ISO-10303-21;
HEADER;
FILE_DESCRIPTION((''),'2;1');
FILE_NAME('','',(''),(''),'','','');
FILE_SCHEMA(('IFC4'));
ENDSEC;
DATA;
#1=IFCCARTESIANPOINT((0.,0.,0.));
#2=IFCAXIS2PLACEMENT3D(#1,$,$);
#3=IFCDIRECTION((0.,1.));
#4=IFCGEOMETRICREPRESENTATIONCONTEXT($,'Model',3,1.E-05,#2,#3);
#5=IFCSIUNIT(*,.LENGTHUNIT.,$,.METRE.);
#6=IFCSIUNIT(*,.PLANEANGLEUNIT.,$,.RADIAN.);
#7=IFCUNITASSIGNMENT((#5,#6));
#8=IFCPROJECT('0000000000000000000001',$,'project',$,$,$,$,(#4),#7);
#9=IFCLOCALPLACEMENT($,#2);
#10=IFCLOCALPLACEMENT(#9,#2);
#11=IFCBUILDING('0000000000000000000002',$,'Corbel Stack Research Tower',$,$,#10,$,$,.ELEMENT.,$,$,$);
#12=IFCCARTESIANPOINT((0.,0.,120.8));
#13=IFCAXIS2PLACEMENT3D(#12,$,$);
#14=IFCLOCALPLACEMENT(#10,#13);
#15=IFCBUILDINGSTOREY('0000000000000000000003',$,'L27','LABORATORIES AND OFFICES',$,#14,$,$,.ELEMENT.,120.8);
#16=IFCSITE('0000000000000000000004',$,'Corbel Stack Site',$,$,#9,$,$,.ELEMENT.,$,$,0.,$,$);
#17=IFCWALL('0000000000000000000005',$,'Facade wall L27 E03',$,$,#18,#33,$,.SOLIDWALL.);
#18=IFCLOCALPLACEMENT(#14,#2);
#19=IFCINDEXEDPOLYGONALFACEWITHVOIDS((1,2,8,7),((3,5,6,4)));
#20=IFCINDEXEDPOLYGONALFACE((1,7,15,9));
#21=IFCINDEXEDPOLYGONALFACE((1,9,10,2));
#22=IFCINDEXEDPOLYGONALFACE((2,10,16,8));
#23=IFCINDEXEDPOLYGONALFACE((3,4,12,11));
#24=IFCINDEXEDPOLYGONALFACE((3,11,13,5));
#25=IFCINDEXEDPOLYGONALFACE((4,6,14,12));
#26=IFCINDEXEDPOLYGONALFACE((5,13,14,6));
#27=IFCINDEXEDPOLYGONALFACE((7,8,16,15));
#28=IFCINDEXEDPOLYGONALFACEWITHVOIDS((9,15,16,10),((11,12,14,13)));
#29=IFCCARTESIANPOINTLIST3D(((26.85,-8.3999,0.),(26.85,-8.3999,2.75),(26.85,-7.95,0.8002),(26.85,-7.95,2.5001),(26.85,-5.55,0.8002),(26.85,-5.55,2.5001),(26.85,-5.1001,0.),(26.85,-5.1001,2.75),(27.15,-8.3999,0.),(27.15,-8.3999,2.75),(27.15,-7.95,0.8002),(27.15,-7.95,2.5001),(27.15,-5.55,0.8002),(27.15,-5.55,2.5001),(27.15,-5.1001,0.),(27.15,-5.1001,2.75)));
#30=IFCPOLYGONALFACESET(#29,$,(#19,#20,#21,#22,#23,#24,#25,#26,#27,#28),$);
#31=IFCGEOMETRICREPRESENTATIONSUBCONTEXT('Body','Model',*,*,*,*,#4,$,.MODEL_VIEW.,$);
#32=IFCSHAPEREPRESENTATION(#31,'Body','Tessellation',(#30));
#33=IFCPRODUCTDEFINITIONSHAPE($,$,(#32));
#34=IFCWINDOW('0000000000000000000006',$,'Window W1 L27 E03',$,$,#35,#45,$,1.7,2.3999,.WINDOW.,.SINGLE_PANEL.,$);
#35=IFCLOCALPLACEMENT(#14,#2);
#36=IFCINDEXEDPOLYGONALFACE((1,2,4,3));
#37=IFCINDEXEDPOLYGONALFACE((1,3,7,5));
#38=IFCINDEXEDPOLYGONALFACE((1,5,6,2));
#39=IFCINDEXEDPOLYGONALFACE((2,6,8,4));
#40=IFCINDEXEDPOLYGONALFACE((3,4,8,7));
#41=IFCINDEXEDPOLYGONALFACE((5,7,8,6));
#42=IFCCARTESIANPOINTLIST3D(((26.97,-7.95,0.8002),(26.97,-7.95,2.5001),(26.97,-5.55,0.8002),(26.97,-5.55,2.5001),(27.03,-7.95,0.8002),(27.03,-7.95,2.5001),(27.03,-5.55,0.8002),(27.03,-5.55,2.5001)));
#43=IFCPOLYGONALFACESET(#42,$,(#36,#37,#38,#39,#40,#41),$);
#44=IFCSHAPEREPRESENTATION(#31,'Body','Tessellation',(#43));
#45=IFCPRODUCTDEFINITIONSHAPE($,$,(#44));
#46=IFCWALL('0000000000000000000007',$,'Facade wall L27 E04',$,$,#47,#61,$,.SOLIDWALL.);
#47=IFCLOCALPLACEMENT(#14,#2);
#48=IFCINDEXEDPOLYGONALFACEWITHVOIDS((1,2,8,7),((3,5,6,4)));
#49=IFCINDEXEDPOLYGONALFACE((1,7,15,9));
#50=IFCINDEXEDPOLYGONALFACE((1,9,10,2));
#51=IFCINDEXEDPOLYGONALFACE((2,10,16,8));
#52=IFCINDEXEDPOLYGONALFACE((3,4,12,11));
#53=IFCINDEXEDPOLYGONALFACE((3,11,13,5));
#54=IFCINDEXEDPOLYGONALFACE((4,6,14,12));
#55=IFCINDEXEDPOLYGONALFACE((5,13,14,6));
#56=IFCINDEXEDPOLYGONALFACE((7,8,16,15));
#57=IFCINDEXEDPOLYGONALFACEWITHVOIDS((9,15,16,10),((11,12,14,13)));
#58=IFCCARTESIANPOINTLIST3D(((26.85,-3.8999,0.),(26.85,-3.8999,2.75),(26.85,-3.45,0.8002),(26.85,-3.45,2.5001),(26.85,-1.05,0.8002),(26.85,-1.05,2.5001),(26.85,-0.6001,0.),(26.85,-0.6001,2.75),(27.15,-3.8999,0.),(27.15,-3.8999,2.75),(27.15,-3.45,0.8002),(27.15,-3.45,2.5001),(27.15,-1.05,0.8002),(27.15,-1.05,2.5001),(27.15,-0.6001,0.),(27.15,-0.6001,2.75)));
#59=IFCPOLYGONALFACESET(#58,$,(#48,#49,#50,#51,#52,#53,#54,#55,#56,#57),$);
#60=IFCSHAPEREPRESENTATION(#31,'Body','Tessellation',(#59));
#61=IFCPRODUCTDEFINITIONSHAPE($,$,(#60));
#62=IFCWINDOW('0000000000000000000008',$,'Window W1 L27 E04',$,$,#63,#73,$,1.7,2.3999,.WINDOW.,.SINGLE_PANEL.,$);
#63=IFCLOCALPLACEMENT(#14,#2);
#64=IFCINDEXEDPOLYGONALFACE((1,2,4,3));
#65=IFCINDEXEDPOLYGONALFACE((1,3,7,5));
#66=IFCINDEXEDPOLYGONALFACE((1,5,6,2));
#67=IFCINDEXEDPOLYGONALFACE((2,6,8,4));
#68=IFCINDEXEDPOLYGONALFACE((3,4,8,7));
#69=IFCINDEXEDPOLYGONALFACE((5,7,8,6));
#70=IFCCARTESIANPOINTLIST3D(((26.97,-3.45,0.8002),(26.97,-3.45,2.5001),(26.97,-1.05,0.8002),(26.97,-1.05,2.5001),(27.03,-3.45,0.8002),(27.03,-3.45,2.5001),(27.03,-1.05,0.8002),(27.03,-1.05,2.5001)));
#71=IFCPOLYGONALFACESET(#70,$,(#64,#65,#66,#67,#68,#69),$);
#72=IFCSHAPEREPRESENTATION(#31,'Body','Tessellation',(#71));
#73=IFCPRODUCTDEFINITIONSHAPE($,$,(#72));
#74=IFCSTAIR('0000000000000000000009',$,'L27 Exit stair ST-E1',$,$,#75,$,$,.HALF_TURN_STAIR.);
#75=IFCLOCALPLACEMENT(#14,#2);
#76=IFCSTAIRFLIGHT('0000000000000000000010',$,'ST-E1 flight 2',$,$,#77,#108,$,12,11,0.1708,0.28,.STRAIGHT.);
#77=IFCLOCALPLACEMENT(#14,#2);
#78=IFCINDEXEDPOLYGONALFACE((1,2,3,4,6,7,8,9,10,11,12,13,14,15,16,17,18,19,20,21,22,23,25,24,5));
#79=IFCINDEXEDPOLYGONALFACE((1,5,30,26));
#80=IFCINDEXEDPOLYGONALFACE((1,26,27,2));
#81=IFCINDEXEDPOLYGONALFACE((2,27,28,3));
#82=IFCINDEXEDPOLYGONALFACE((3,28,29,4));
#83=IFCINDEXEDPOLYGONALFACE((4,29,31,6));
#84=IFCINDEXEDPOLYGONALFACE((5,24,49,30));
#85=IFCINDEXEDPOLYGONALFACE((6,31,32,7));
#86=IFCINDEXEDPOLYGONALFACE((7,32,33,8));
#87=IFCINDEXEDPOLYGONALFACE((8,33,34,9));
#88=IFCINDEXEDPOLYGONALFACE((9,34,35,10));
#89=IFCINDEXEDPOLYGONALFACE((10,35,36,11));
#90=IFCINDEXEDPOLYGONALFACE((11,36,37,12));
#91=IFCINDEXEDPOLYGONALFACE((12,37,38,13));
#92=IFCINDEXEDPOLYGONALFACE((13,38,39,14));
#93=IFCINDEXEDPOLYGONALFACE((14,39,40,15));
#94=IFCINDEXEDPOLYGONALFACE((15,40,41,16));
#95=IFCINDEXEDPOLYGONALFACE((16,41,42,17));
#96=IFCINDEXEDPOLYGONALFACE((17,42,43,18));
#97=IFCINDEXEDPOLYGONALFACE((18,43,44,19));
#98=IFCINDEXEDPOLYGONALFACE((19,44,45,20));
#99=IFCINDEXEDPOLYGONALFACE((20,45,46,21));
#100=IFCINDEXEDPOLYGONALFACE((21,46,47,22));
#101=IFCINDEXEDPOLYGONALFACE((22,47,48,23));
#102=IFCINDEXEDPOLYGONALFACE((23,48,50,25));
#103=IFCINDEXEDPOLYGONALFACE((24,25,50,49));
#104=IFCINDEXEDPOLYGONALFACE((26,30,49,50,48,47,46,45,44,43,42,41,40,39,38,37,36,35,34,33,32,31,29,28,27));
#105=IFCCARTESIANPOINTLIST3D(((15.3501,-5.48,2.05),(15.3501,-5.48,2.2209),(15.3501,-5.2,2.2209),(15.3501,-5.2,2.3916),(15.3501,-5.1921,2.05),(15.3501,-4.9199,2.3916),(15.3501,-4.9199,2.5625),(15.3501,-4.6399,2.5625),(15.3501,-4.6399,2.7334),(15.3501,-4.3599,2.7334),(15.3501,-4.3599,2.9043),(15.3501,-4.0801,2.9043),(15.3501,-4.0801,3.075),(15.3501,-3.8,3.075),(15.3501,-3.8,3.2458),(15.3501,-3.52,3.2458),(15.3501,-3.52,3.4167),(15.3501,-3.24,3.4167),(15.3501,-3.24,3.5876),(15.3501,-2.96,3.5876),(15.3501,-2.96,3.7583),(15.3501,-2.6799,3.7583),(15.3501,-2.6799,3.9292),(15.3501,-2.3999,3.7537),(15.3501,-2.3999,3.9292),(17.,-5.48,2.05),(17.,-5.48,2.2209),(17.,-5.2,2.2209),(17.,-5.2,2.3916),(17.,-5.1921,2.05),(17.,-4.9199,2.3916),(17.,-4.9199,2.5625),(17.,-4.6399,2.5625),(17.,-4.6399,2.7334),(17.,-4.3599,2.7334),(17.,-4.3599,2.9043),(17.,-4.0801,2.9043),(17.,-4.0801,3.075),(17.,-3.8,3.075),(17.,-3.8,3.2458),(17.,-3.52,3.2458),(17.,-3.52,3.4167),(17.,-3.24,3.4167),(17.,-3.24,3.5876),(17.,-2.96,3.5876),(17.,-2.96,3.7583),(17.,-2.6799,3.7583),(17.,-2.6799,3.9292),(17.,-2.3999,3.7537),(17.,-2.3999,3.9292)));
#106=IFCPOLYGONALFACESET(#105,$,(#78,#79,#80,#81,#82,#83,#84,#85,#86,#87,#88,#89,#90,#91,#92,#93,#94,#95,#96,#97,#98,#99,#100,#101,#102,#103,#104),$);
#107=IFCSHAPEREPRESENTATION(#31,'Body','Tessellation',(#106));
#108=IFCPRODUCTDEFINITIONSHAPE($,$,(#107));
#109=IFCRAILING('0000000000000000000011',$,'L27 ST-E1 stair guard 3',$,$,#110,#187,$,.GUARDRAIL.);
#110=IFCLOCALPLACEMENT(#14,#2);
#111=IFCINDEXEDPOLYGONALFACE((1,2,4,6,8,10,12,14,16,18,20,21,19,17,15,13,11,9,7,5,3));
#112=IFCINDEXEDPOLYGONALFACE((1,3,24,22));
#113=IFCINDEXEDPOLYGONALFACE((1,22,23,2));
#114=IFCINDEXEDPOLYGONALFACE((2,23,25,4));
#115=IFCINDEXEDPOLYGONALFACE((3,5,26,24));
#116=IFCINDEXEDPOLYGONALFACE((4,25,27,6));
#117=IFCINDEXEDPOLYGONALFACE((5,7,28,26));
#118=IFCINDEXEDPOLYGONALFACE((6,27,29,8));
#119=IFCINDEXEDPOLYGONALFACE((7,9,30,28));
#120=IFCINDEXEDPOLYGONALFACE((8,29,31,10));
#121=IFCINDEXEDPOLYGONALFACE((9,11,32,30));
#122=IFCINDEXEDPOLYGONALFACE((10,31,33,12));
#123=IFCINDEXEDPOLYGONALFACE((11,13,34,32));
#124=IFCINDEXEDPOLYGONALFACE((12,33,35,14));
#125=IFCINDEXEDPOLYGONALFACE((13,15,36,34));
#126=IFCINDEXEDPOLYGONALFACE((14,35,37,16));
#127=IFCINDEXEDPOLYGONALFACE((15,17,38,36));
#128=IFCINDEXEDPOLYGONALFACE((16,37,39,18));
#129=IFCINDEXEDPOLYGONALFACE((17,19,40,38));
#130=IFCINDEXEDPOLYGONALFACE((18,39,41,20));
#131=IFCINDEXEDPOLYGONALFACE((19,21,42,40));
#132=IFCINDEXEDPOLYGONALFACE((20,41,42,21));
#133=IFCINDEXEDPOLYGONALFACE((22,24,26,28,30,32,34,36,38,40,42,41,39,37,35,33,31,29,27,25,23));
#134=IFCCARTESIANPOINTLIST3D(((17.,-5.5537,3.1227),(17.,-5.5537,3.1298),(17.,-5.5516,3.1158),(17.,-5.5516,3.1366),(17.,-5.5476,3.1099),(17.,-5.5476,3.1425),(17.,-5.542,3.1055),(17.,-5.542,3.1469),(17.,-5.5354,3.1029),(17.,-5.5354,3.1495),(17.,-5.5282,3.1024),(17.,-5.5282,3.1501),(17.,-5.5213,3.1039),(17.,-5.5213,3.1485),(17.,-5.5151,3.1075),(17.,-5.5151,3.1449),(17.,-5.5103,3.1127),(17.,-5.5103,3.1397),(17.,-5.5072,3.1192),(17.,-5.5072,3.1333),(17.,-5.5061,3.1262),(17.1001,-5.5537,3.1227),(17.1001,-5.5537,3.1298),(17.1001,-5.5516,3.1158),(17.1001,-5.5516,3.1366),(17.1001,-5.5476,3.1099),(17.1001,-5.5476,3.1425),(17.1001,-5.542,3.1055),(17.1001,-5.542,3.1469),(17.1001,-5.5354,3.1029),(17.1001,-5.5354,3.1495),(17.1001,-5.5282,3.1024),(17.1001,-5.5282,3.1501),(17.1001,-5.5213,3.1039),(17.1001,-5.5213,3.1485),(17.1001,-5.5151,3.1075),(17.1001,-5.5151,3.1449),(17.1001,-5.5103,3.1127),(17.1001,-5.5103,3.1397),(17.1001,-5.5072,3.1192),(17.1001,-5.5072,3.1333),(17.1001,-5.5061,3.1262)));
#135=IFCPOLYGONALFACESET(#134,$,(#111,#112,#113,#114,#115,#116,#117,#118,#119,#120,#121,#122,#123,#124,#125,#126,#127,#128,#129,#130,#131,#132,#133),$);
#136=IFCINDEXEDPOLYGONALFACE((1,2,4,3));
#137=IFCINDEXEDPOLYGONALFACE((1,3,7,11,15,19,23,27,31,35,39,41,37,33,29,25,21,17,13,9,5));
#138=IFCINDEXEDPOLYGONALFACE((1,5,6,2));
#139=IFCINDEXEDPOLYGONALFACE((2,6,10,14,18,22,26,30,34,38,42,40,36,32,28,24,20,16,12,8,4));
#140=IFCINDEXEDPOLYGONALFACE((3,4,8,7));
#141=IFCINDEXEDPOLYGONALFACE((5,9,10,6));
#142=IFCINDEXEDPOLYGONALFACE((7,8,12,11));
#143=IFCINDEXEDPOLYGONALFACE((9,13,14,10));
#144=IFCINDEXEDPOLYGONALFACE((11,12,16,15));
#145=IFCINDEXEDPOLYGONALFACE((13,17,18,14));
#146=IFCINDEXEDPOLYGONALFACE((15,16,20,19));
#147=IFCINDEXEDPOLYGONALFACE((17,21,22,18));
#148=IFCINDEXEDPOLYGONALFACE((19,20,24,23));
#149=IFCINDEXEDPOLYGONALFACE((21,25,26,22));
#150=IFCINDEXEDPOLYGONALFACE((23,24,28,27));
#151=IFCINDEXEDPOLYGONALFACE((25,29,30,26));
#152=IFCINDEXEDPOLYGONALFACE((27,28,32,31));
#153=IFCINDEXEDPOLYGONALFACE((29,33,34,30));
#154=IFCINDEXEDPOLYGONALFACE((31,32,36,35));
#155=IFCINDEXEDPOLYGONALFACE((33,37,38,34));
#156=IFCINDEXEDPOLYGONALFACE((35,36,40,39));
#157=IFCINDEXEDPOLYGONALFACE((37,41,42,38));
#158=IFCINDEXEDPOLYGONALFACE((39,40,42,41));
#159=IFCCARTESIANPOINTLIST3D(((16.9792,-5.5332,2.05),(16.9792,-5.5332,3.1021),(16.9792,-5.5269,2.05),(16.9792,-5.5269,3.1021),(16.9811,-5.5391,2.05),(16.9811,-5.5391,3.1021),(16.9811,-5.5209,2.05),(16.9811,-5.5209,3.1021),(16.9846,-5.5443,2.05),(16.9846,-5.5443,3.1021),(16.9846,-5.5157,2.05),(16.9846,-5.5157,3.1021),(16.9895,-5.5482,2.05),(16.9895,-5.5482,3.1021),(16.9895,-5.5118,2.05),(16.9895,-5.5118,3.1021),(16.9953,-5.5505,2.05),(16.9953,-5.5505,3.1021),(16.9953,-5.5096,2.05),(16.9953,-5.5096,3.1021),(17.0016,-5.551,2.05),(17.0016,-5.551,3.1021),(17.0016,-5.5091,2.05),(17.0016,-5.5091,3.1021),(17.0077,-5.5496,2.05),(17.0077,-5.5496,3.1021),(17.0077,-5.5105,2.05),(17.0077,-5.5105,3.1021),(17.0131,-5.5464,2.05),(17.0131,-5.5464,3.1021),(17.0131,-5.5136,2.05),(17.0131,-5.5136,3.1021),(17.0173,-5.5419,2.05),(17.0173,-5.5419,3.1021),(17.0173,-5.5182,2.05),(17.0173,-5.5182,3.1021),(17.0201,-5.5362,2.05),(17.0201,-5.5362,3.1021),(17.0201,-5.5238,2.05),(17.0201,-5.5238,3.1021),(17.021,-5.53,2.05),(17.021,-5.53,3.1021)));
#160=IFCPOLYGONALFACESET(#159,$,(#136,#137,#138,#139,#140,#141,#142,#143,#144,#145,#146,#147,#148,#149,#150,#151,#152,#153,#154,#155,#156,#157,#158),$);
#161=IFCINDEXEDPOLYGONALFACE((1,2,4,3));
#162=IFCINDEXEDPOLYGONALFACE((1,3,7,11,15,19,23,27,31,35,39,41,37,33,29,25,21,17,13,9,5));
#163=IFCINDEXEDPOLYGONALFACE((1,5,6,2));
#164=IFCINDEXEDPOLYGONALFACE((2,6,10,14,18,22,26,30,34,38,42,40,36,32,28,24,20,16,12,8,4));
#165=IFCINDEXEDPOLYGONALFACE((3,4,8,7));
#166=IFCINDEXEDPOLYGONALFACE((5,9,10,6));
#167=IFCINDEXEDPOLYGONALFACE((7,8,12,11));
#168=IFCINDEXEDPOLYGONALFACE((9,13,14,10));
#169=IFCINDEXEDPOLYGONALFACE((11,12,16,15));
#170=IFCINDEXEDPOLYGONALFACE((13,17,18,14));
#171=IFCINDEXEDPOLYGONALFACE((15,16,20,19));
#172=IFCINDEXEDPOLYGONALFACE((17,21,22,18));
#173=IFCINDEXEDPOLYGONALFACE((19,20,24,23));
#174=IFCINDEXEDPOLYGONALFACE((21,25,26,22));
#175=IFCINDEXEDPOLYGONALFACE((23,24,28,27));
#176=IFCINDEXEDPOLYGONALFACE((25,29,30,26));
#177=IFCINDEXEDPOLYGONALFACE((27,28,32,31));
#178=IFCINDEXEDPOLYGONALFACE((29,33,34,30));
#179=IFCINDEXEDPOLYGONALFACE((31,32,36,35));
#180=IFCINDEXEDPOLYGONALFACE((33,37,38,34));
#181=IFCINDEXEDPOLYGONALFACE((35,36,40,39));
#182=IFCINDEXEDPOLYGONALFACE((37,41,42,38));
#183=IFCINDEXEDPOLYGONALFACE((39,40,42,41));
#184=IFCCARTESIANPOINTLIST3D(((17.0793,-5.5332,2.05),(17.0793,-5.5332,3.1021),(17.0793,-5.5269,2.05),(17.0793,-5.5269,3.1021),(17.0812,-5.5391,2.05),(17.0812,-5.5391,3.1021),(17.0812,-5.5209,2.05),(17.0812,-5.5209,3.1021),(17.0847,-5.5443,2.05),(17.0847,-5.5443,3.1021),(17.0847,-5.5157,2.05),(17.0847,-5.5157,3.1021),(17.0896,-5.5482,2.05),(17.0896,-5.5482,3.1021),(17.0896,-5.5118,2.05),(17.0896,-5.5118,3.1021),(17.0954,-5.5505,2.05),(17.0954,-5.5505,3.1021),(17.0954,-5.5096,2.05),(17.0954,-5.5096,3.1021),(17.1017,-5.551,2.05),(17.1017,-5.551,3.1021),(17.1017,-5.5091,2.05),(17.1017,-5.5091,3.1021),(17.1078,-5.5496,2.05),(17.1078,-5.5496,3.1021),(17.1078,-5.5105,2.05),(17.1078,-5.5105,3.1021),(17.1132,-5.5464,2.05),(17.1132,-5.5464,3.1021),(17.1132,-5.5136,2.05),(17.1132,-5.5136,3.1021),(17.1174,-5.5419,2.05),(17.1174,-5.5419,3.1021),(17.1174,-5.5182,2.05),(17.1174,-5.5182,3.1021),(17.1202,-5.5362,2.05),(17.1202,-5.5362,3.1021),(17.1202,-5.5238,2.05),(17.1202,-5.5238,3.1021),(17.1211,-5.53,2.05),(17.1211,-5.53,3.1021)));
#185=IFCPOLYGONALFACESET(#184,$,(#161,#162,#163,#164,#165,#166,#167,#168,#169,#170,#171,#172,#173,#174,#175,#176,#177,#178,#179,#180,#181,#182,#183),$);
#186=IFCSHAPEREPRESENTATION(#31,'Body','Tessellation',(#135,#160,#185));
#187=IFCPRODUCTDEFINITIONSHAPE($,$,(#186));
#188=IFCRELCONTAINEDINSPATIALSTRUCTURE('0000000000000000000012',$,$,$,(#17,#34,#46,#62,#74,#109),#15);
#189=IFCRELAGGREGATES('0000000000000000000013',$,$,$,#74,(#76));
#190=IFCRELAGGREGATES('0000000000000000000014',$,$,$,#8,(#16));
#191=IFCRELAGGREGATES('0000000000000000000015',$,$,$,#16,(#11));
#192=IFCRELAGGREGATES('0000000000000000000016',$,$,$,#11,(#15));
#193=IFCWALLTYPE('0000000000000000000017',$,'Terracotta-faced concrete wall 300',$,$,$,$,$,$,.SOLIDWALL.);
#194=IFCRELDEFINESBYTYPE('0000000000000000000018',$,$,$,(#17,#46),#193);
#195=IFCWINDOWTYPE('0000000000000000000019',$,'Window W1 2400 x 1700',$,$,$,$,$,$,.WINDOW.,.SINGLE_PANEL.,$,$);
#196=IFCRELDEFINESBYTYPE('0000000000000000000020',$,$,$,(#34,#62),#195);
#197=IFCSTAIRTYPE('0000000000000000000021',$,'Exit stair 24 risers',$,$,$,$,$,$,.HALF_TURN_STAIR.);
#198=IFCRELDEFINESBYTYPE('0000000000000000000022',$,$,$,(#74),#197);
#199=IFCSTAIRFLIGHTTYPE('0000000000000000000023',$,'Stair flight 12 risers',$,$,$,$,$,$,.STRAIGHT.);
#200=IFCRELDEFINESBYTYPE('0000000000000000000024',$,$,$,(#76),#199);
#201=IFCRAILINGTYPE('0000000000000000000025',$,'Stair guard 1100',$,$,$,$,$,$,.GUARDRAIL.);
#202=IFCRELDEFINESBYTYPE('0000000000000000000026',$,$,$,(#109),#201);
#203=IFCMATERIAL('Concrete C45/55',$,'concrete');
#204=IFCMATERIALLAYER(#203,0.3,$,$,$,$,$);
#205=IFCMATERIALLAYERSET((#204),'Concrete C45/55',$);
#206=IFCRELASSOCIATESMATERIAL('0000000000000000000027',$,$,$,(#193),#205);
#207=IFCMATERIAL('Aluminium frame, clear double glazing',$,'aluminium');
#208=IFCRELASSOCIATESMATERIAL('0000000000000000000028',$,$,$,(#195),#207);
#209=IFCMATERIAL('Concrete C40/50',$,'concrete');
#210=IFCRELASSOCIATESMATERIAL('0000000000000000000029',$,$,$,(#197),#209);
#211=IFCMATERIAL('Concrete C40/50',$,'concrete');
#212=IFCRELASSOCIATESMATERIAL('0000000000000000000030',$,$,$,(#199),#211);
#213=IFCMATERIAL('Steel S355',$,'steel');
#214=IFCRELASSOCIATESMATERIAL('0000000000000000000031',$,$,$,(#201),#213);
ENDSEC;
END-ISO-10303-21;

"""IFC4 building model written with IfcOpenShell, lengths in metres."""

from ifc_helpers import new_model, si_unit, direction, frame, frame_2d, origin, origin_2d, place, context, subcontext, project, spatial, polyline, rectangle, circle, outline, extrude, material, layer, layer_set, type_object, element, fill, aggregate, save


model = new_model("IFC4")

# Units and contexts
model_context = context("Model", 3, precision=1e-05, world=origin(), true_north=direction((0.0, 1.0)))
body_context = subcontext(model_context, "Body", "Model", "MODEL_VIEW")
ifc_project = project(units=[si_unit("LENGTHUNIT", "METRE"), si_unit("PLANEANGLEUNIT", "RADIAN")], contexts=[model_context])

# Site, building, storey
site_placement = place(None, origin())
site = spatial("IfcSite", under=ifc_project, at=site_placement, Name="Corbel Stack Site", CompositionType="ELEMENT", RefElevation=0.0)
building_placement = place(site_placement, origin())
building = spatial("IfcBuilding", under=site, at=building_placement, Name="Corbel Stack Research Tower", CompositionType="ELEMENT")
storey_placement = place(building_placement, frame((0.0, 0.0, 120.8)))
storey = spatial("IfcBuildingStorey", under=building, at=storey_placement, Name="L27", Description="LABORATORIES AND OFFICES", CompositionType="ELEMENT", Elevation=120.8)

# Shared definitions
ifc_material_1 = material(Name="Concrete C45/55", Category="concrete")
ifc_layer_1 = layer(ifc_material_1, 0.3)
ifc_layer_set_1 = layer_set([ifc_layer_1], Name="Concrete C45/55")
wall_type_1 = type_object("IfcWallType", Name="Terracotta-faced concrete wall 300", PredefinedType="SOLIDWALL", material=ifc_layer_set_1)

# Walls, openings, windows
wall_1_placement = place(storey_placement, frame((27.0, -5.1001, 0.0), z_axis=(0.0, 0.0, 1.0), x_axis=(0.0, -1.0, 0.0)))
wall_1 = element("IfcWall", 1, at=wall_1_placement, inside=storey, type_object=wall_type_1, Name="Facade wall L27 E03", PredefinedType="SOLIDWALL", context=body_context, shape_type="SweptSolid", body=[
    extrude(rectangle(XDim=3.2998, YDim=0.3, at=frame_2d((1.6499, 0.0))), origin(), (0.0, 0.0, 1.0), 2.75),
])
opening_1_placement = place(wall_1_placement, frame((0.45, 0.0, 0.8)))
opening_1 = element("IfcOpeningElement", 2, at=opening_1_placement, cuts=wall_1, PredefinedType="OPENING", context=body_context, shape_type="SweptSolid", body=[
    extrude(rectangle(XDim=2.3999, YDim=1.7, at=frame_2d((1.2, 0.8501))), frame((0.0, 0.1599, 0.0), z_axis=(0.0, -1.0, 0.0), x_axis=(1.0, 0.0, 0.0)), (0.0, 0.0, 1.0), 0.3201),
])
ifc_material_2 = material(Name="Aluminium frame, clear double glazing", Category="aluminium")
window_type = type_object("IfcWindowType", Name="Window W1 2400 x 1700", PartitioningType="SINGLE_PANEL", PredefinedType="WINDOW", material=ifc_material_2)
window_1_placement = place(opening_1_placement, origin())
window_1 = element("IfcWindow", 3, at=window_1_placement, inside=storey, type_object=window_type, Name="Window W1 L27 E03", OverallHeight=1.7, OverallWidth=2.3999, PartitioningType="SINGLE_PANEL", PredefinedType="WINDOW", context=body_context, shape_type="SweptSolid", body=[
    extrude(rectangle(XDim=2.3999, YDim=1.7, at=frame_2d((1.2, 0.8501))), frame((0.0, 0.03, 0.0), z_axis=(0.0, -1.0, 0.0), x_axis=(1.0, 0.0, 0.0)), (0.0, 0.0, 1.0), 0.0601),
])
fill(opening_1, window_1)
wall_2_placement = place(storey_placement, frame((27.0, -0.6001, 0.0), z_axis=(0.0, 0.0, 1.0), x_axis=(0.0, -1.0, 0.0)))
wall_2 = element("IfcWall", 4, at=wall_2_placement, inside=storey, type_object=wall_type_1, Name="Facade wall L27 E04", PredefinedType="SOLIDWALL", context=body_context, shape_type="SweptSolid", body=[
    extrude(rectangle(XDim=3.2998, YDim=0.3, at=frame_2d((1.6499, 0.0))), origin(), (0.0, 0.0, 1.0), 2.75),
])
opening_2_placement = place(wall_2_placement, frame((0.45, 0.0, 0.8)))
opening_2 = element("IfcOpeningElement", 5, at=opening_2_placement, cuts=wall_2, PredefinedType="OPENING", context=body_context, shape_type="SweptSolid", body=[
    extrude(rectangle(XDim=2.3999, YDim=1.7, at=frame_2d((1.2, 0.8501))), frame((0.0, 0.1599, 0.0), z_axis=(0.0, -1.0, 0.0), x_axis=(1.0, 0.0, 0.0)), (0.0, 0.0, 1.0), 0.3201),
])
window_2_placement = place(opening_2_placement, origin())
window_2 = element("IfcWindow", 6, at=window_2_placement, inside=storey, type_object=window_type, Name="Window W1 L27 E04", OverallHeight=1.7, OverallWidth=2.3999, PartitioningType="SINGLE_PANEL", PredefinedType="WINDOW", context=body_context, shape_type="SweptSolid", body=[
    extrude(rectangle(XDim=2.3999, YDim=1.7, at=frame_2d((1.2, 0.8501))), frame((0.0, 0.03, 0.0), z_axis=(0.0, -1.0, 0.0), x_axis=(1.0, 0.0, 0.0)), (0.0, 0.0, 1.0), 0.0601),
])
fill(opening_2, window_2)

# Stair, stair flight
ifc_material_3 = material(Name="Concrete C40/50", Category="concrete")
stair_type = type_object("IfcStairType", Name="Exit stair 24 risers", PredefinedType="HALF_TURN_STAIR", material=ifc_material_3)
stair_placement = place(storey_placement, origin())
stair = element("IfcStair", 7, at=stair_placement, inside=storey, type_object=stair_type, Name="L27 Exit stair ST-E1", PredefinedType="HALF_TURN_STAIR")
ifc_material_4 = material(Name="Concrete C40/50", Category="concrete")
stair_flight_type = type_object("IfcStairFlightType", Name="Stair flight 12 risers", PredefinedType="STRAIGHT", material=ifc_material_4)
stair_flight_placement = place(storey_placement, frame((16.175, -5.48, 2.05), z_axis=(0.0, 0.0, 1.0), x_axis=(0.0, 1.0, 0.0)))
stair_flight = element("IfcStairFlight", 8, at=stair_flight_placement, type_object=stair_flight_type, Name="ST-E1 flight 2", NumberOfRisers=12, NumberOfTreads=11, PredefinedType="STRAIGHT", RiserHeight=0.1708, TreadLength=0.28, context=body_context, shape_type="SweptSolid", body=[
    extrude(outline(polyline([(0.0, 0.0), (0.0, 0.1709), (0.28, 0.1709), (0.28, 0.3416), (0.5601, 0.3416), (0.5601, 0.5125), (0.8401, 0.5125), (0.8401, 0.6833), (1.1201, 0.6833), (1.1201, 0.8542), (1.3999, 0.8542), (1.3999, 1.0249), (1.6799, 1.0249), (1.6799, 1.1958), (1.96, 1.1958), (1.96, 1.3667), (2.24, 1.3667), (2.24, 1.5376), (2.52, 1.5376), (2.52, 1.7083), (2.8, 1.7083), (2.8, 1.8792), (3.0801, 1.8792), (3.0801, 2.05), (3.0801, 1.7036), (0.2878, 0.0), (0.0, 0.0)])), frame((0.0, 0.825, 0.0), z_axis=(0.0, -1.0, 0.0), x_axis=(1.0, 0.0, 0.0)), (0.0, 0.0, 1.0), 1.6499),
])
aggregate(stair, [stair_flight])

# Railing
ifc_material_5 = material(Name="Steel S355", Category="steel")
railing_type_1 = type_object("IfcRailingType", Name="Stair guard 1100", PredefinedType="GUARDRAIL", material=ifc_material_5)
railing_1_placement = place(storey_placement, frame((17.0, -5.53, 2.05)))
element("IfcRailing", 9, at=railing_1_placement, inside=storey, type_object=railing_type_1, Name="L27 ST-E1 stair guard 3", PredefinedType="GUARDRAIL", context=body_context, shape_type="SweptSolid", body=[
    extrude(circle(Radius=0.0239, at=origin_2d()), frame((0.0, 0.0, 1.0762), z_axis=(1.0, 0.0, 0.0), x_axis=(0.0, 1.0, 0.0)), (0.0, 0.0, 1.0), 0.1001),
    extrude(circle(Radius=0.021, at=origin_2d()), origin(), (0.0, 0.0, 1.0), 1.052),
    extrude(circle(Radius=0.021, at=origin_2d()), frame((0.1001, 0.0, 0.0)), (0.0, 0.0, 1.0), 1.052),
])

save(model, "model.ifc")
